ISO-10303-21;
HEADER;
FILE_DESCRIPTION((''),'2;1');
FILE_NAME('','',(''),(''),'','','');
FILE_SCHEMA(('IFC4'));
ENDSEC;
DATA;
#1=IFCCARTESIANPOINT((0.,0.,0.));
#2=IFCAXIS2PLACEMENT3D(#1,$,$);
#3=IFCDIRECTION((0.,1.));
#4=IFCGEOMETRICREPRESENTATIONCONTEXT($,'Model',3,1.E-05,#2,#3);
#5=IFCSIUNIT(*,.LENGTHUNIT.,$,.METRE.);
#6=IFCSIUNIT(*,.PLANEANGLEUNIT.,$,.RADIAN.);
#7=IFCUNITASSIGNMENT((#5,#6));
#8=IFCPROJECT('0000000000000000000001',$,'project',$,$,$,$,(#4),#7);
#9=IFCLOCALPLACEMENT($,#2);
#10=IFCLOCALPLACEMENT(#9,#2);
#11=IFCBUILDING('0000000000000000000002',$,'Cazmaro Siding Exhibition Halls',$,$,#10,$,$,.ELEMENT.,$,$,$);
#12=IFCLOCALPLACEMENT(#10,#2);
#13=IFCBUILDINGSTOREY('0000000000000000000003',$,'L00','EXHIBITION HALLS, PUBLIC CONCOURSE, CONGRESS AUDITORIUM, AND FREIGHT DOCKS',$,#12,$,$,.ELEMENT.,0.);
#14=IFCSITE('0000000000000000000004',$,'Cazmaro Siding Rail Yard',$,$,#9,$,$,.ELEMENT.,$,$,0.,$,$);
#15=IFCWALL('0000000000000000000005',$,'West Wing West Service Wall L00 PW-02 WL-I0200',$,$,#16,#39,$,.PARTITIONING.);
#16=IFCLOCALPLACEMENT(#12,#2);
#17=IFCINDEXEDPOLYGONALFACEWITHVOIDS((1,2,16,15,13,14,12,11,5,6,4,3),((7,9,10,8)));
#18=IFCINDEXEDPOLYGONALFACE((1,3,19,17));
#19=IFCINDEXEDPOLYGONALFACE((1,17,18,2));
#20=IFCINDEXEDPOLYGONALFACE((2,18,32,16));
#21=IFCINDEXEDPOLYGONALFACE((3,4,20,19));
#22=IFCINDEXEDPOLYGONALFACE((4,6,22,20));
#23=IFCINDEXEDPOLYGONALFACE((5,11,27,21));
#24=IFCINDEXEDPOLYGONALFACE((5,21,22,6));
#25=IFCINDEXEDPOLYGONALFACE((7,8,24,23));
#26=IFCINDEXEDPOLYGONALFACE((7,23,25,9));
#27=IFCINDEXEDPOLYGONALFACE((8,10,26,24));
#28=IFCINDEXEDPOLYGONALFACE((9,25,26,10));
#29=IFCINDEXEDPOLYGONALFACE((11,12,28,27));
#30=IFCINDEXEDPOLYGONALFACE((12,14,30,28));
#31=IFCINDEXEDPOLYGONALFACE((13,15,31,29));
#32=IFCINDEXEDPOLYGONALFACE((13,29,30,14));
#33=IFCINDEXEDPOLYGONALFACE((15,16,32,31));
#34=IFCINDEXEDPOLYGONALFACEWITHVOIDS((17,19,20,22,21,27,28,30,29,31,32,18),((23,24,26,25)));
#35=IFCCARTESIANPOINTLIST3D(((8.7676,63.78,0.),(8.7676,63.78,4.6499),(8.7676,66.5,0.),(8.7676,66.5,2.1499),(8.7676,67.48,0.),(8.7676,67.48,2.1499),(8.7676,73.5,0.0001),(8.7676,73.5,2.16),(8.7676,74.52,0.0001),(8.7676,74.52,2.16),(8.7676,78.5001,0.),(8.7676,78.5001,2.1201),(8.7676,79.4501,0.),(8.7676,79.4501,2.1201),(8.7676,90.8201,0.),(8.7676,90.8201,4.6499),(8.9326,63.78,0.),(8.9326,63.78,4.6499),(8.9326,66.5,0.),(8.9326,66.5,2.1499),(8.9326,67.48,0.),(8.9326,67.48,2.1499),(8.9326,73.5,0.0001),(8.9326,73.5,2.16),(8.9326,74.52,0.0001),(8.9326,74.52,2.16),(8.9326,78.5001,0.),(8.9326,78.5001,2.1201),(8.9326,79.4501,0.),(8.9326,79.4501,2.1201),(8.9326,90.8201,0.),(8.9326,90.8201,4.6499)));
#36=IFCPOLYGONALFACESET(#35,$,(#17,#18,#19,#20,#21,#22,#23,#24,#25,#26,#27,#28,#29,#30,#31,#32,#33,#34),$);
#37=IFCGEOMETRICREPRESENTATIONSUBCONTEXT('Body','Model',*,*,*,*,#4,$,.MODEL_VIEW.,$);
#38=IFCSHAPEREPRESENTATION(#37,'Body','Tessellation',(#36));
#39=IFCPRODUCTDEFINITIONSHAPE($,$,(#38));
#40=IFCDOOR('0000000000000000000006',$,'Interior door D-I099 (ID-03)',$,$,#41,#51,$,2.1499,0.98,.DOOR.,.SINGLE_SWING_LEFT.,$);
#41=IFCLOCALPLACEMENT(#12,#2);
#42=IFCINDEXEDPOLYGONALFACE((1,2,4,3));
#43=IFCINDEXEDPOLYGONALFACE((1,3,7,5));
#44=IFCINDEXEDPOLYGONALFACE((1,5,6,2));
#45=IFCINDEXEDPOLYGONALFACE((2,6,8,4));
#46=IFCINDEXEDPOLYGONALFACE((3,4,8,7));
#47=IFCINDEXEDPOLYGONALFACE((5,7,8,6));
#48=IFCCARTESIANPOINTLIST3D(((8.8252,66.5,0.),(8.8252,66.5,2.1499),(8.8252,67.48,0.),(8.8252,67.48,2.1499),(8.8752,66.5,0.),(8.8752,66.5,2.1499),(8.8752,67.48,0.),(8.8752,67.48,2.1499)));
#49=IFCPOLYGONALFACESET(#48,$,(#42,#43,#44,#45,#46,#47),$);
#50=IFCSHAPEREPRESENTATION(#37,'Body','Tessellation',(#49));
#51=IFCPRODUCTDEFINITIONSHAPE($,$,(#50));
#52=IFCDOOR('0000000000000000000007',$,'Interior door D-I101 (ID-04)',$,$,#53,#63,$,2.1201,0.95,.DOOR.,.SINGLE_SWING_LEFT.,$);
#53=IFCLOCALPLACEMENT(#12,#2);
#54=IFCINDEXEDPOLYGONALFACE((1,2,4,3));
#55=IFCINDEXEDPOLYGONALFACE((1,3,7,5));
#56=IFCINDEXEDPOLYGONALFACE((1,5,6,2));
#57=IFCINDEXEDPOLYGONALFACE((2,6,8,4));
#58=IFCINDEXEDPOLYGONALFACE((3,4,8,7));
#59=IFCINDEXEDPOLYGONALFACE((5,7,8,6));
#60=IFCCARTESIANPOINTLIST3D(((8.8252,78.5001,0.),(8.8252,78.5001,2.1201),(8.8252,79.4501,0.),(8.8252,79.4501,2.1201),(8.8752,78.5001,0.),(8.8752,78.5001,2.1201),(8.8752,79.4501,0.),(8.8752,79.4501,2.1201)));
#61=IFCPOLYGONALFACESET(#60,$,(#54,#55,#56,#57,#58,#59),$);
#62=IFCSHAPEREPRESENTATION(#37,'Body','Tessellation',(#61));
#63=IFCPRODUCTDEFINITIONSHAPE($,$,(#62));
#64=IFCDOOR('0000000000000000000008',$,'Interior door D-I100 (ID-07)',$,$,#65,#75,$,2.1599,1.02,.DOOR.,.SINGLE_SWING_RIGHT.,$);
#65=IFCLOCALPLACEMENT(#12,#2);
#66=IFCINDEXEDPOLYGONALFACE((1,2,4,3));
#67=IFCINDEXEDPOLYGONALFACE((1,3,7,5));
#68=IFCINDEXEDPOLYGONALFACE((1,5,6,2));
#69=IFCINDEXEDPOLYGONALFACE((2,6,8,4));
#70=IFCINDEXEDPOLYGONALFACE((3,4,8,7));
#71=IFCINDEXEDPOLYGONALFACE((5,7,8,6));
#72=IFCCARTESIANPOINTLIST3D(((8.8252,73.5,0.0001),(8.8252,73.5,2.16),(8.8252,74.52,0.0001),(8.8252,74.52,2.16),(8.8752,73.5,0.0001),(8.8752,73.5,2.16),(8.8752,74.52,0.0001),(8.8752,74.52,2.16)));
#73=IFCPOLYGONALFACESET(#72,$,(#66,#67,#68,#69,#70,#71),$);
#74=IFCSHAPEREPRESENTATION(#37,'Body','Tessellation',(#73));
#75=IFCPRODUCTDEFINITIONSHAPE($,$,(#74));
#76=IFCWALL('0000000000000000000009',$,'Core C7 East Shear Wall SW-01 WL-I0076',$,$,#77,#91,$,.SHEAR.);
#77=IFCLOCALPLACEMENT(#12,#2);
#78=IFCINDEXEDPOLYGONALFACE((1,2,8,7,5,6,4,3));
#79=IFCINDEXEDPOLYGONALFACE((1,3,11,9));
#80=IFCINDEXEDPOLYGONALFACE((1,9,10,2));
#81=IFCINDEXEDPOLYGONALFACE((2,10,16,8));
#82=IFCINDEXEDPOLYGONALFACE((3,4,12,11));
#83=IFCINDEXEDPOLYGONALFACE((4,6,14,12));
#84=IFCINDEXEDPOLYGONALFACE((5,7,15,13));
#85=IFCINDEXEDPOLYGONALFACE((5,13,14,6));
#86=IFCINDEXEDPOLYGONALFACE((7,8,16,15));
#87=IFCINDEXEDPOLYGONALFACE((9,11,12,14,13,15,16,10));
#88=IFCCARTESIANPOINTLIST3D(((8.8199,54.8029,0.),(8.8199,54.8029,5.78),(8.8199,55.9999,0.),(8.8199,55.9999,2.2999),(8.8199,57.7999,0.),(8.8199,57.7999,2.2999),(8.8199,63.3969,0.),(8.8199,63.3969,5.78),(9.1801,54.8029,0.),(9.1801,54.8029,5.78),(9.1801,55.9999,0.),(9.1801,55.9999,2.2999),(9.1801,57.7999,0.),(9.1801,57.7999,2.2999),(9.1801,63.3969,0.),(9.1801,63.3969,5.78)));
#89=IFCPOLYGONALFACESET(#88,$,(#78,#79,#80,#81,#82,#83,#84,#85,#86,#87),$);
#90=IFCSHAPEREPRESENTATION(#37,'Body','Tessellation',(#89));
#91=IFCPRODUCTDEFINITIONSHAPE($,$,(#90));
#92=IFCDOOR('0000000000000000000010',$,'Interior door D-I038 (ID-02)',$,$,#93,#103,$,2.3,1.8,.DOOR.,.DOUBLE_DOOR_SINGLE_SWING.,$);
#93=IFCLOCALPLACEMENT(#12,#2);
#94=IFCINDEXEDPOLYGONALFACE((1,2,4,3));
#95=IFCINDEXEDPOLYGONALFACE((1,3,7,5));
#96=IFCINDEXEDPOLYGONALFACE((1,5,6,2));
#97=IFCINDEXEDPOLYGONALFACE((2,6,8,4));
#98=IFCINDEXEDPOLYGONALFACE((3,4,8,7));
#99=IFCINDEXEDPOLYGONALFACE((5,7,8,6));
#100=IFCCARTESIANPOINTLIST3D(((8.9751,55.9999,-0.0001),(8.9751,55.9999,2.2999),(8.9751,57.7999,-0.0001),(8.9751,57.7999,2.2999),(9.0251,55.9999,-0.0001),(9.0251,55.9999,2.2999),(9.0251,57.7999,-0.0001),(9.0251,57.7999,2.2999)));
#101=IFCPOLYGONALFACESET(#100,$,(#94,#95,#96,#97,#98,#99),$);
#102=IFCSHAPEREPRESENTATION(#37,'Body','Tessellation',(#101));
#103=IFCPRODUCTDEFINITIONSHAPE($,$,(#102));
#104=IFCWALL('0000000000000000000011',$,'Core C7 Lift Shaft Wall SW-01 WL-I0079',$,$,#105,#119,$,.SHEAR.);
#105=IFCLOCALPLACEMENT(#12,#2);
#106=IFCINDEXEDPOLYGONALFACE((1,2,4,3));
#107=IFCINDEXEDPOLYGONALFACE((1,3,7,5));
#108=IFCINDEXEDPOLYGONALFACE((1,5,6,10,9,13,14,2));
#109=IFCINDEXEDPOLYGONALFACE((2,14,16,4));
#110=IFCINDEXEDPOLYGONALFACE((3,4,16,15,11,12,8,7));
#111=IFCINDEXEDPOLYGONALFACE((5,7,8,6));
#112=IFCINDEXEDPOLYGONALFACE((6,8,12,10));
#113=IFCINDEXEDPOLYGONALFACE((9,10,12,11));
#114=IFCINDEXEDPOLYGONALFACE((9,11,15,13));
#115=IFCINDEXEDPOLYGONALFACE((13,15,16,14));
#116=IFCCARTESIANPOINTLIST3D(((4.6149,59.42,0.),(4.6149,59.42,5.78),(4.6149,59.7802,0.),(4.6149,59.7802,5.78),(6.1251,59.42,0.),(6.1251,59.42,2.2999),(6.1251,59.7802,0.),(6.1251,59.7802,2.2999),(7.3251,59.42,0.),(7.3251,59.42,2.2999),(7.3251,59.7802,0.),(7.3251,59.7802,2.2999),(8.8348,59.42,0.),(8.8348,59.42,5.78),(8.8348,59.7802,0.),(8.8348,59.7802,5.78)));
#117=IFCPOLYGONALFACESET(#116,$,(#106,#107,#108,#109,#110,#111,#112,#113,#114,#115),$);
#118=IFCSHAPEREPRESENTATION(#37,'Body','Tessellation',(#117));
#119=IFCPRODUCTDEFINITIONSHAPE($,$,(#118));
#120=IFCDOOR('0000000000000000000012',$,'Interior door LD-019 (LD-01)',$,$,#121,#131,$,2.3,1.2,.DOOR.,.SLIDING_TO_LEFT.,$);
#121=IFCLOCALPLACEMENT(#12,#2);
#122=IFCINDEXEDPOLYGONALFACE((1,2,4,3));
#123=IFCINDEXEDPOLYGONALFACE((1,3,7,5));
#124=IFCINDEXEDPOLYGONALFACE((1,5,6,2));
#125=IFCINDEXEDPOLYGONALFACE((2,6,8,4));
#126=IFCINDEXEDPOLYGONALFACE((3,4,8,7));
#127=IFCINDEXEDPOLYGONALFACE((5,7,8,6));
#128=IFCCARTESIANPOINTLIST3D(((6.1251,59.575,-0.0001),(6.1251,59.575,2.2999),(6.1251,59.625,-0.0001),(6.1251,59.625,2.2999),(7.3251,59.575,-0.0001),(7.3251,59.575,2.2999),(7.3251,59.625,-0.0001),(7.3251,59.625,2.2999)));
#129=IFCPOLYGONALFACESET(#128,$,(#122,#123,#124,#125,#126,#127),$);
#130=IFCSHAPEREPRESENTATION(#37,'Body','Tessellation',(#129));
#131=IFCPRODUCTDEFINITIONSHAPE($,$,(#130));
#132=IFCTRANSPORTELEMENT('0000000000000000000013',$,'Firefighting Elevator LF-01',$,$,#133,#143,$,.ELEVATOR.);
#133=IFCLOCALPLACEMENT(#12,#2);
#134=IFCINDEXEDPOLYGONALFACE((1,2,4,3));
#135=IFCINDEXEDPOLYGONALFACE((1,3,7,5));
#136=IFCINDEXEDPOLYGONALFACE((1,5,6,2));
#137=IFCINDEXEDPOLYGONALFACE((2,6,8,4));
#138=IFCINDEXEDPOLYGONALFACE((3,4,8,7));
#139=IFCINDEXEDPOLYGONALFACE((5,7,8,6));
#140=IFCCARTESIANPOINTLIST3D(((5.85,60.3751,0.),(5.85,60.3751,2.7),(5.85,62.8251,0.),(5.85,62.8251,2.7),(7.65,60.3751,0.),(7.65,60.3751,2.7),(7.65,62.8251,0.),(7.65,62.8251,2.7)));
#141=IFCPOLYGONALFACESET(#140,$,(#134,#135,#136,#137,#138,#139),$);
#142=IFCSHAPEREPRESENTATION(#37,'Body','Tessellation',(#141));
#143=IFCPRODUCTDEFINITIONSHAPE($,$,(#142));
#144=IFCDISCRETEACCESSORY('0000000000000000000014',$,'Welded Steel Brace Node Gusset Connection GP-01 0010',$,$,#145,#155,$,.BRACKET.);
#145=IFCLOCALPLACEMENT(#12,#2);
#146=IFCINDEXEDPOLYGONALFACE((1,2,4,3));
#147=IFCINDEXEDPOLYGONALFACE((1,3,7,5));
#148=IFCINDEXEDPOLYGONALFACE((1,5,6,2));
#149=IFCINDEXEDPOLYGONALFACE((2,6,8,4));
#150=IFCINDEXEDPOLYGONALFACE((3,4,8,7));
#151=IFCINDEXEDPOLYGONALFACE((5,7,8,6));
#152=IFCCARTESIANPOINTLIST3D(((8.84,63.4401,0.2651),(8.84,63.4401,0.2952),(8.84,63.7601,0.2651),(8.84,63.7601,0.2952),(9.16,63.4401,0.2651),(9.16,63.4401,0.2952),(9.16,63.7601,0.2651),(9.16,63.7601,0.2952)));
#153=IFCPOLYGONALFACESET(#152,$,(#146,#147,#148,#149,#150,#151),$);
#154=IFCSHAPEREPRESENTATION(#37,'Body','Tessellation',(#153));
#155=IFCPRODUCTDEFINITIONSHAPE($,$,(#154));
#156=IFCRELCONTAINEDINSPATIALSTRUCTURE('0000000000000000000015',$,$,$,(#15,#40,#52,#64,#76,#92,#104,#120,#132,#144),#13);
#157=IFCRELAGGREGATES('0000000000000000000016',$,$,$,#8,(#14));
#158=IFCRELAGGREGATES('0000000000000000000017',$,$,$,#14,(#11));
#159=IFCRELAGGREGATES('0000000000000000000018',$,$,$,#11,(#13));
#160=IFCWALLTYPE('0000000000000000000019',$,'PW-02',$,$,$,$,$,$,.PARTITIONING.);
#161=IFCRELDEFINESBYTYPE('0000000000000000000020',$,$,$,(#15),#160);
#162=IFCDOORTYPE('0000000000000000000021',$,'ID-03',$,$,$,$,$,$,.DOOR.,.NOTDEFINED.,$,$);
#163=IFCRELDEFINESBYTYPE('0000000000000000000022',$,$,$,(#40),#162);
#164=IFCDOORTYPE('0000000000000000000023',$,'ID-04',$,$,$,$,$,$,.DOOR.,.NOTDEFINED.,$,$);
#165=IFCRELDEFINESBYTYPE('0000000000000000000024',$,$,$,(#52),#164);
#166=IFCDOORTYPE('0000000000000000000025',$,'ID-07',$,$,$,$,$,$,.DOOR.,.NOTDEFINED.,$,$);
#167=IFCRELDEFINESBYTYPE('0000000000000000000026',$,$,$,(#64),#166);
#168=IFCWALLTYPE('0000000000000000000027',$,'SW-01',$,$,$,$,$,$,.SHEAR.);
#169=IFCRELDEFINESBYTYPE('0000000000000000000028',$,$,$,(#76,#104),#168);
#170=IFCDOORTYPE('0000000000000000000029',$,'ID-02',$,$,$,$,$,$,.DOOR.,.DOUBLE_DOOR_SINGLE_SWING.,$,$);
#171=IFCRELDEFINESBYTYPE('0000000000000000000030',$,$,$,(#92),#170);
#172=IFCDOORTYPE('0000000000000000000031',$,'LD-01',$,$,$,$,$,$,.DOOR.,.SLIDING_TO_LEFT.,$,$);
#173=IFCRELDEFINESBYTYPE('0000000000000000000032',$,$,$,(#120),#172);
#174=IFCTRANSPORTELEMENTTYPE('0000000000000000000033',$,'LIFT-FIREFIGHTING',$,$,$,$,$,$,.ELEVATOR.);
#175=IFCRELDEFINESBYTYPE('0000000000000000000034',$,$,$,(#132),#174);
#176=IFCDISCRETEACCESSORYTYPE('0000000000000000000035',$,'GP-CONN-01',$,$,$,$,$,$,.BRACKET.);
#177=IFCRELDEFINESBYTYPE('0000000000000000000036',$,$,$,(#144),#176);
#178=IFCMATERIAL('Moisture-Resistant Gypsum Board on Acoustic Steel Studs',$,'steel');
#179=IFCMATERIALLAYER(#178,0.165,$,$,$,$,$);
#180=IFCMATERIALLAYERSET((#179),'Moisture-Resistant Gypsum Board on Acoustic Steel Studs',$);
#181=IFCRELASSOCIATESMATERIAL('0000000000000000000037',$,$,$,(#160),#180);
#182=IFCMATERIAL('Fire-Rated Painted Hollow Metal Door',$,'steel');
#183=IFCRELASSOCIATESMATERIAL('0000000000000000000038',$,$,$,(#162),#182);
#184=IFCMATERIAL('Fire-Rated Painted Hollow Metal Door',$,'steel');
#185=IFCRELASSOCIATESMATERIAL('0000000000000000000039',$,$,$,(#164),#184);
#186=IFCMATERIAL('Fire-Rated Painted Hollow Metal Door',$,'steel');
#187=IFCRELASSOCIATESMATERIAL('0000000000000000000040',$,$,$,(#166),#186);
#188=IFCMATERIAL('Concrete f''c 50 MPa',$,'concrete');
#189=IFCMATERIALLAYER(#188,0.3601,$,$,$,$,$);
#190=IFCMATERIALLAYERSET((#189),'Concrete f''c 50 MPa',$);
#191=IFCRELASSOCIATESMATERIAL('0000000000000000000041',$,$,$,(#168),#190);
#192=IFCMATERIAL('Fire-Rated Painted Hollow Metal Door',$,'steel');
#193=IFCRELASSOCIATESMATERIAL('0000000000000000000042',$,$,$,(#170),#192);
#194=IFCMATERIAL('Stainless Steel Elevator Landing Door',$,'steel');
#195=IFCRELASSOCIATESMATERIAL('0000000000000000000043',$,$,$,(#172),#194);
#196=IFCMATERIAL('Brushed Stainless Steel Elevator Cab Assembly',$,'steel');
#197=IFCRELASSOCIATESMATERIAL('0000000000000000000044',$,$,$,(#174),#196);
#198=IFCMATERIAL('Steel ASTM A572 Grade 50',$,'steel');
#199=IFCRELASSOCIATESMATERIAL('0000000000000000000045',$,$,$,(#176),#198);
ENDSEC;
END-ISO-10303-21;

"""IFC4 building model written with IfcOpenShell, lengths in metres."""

from ifc_helpers import new_model, si_unit, direction, frame, frame_2d, origin, origin_2d, place, context, subcontext, project, spatial, rectangle, extrude, material, layer, layer_set, type_object, element, fill, save


model = new_model("IFC4")

# Units and contexts
model_context = context("Model", 3, precision=1e-05, world=origin(), true_north=direction((0.0, 1.0)))
body_context = subcontext(model_context, "Body", "Model", "MODEL_VIEW")
ifc_project = project(units=[si_unit("LENGTHUNIT", "METRE"), si_unit("PLANEANGLEUNIT", "RADIAN")], contexts=[model_context])

# Site, building, storey
site_placement = place(None, origin())
site = spatial("IfcSite", under=ifc_project, at=site_placement, Name="Cazmaro Siding Rail Yard", CompositionType="ELEMENT", RefElevation=0.0)
building_placement = place(site_placement, origin())
building = spatial("IfcBuilding", under=site, at=building_placement, Name="Cazmaro Siding Exhibition Halls", CompositionType="ELEMENT")
storey_placement = place(building_placement, origin())
storey = spatial("IfcBuildingStorey", under=building, at=storey_placement, Name="L00", Description="EXHIBITION HALLS, PUBLIC CONCOURSE, CONGRESS AUDITORIUM, AND FREIGHT DOCKS", CompositionType="ELEMENT", Elevation=0.0)

# Wall, openings, doors
ifc_material_1 = material(Name="Moisture-Resistant Gypsum Board on Acoustic Steel Studs", Category="steel")
ifc_layer_1 = layer(ifc_material_1, 0.165)
ifc_layer_set_1 = layer_set([ifc_layer_1], Name="Moisture-Resistant Gypsum Board on Acoustic Steel Studs")
wall_type_1 = type_object("IfcWallType", Name="PW-02", PredefinedType="PARTITIONING", material=ifc_layer_set_1)
wall_1_placement = place(storey_placement, frame((8.8501, 63.78, 0.0), z_axis=(0.0, 0.0, 1.0), x_axis=(0.0, 1.0, 0.0)))
wall_1 = element("IfcWall", 1, at=wall_1_placement, inside=storey, type_object=wall_type_1, Name="West Wing West Service Wall L00 PW-02 WL-I0200", PredefinedType="PARTITIONING", context=body_context, shape_type="SweptSolid", body=[
    extrude(rectangle(XDim=27.04, YDim=0.165, at=frame_2d((13.52, 0.0))), origin(), (0.0, 0.0, 1.0), 4.6499),
])
opening_1_placement = place(wall_1_placement, frame((2.72, 0.0, 0.0)))
opening_1 = element("IfcOpeningElement", 2, at=opening_1_placement, cuts=wall_1, PredefinedType="OPENING", context=body_context, shape_type="SweptSolid", body=[
    extrude(rectangle(XDim=0.98, YDim=2.1499, at=frame_2d((0.49, 1.075))), frame((0.0, 0.0925, 0.0), z_axis=(0.0, -1.0, 0.0), x_axis=(1.0, 0.0, 0.0)), (0.0, 0.0, 1.0), 0.1851),
])
opening_2_placement = place(wall_1_placement, frame((9.72, 0.0, 0.0)))
opening_2 = element("IfcOpeningElement", 3, at=opening_2_placement, cuts=wall_1, PredefinedType="OPENING", context=body_context, shape_type="SweptSolid", body=[
    extrude(rectangle(XDim=1.02, YDim=2.1599, at=frame_2d((0.51, 1.0801))), frame((0.0, 0.0925, 0.0), z_axis=(0.0, -1.0, 0.0), x_axis=(1.0, 0.0, 0.0)), (0.0, 0.0, 1.0), 0.1851),
])
opening_3_placement = place(wall_1_placement, frame((14.72, 0.0, 0.0)))
opening_3 = element("IfcOpeningElement", 4, at=opening_3_placement, cuts=wall_1, PredefinedType="OPENING", context=body_context, shape_type="SweptSolid", body=[
    extrude(rectangle(XDim=0.95, YDim=2.1201, at=frame_2d((0.4751, 1.0601))), frame((0.0, 0.0925, 0.0), z_axis=(0.0, -1.0, 0.0), x_axis=(1.0, 0.0, 0.0)), (0.0, 0.0, 1.0), 0.1851),
])
ifc_material_2 = material(Name="Fire-Rated Painted Hollow Metal Door", Category="steel")
door_type_1 = type_object("IfcDoorType", Name="ID-03", OperationType="NOTDEFINED", PredefinedType="DOOR", material=ifc_material_2)
door_1_placement = place(opening_1_placement, origin())
door_1 = element("IfcDoor", 5, at=door_1_placement, inside=storey, type_object=door_type_1, Name="Interior door D-I099 (ID-03)", OperationType="SINGLE_SWING_LEFT", OverallHeight=2.1499, OverallWidth=0.98, PredefinedType="DOOR", context=body_context, shape_type="SweptSolid", body=[
    extrude(rectangle(XDim=0.98, YDim=2.1499, at=frame_2d((0.49, 1.075))), frame((0.0, 0.0249, 0.0), z_axis=(0.0, -1.0, 0.0), x_axis=(1.0, 0.0, 0.0)), (0.0, 0.0, 1.0), 0.05),
])
fill(opening_1, door_1)
ifc_material_3 = material(Name="Fire-Rated Painted Hollow Metal Door", Category="steel")
door_type_2 = type_object("IfcDoorType", Name="ID-04", OperationType="NOTDEFINED", PredefinedType="DOOR", material=ifc_material_3)
door_2_placement = place(opening_3_placement, origin())
door_2 = element("IfcDoor", 6, at=door_2_placement, inside=storey, type_object=door_type_2, Name="Interior door D-I101 (ID-04)", OperationType="SINGLE_SWING_LEFT", OverallHeight=2.1201, OverallWidth=0.95, PredefinedType="DOOR", context=body_context, shape_type="SweptSolid", body=[
    extrude(rectangle(XDim=0.95, YDim=2.1201, at=frame_2d((0.4751, 1.0601))), frame((0.0, 0.0249, 0.0), z_axis=(0.0, -1.0, 0.0), x_axis=(1.0, 0.0, 0.0)), (0.0, 0.0, 1.0), 0.05),
])
fill(opening_3, door_2)
ifc_material_4 = material(Name="Fire-Rated Painted Hollow Metal Door", Category="steel")
door_type_3 = type_object("IfcDoorType", Name="ID-07", OperationType="NOTDEFINED", PredefinedType="DOOR", material=ifc_material_4)
door_3_placement = place(opening_2_placement, origin())
door_3 = element("IfcDoor", 7, at=door_3_placement, inside=storey, type_object=door_type_3, Name="Interior door D-I100 (ID-07)", OperationType="SINGLE_SWING_RIGHT", OverallHeight=2.1599, OverallWidth=1.02, PredefinedType="DOOR", context=body_context, shape_type="SweptSolid", body=[
    extrude(rectangle(XDim=1.02, YDim=2.1599, at=frame_2d((0.51, 1.0801))), frame((0.0, 0.0249, 0.0), z_axis=(0.0, -1.0, 0.0), x_axis=(1.0, 0.0, 0.0)), (0.0, 0.0, 1.0), 0.05),
])
fill(opening_2, door_3)

# Walls, openings, doors
ifc_material_5 = material(Name="Concrete f'c 50 MPa", Category="concrete")
ifc_layer_2 = layer(ifc_material_5, 0.3601)
ifc_layer_set_2 = layer_set([ifc_layer_2], Name="Concrete f'c 50 MPa")
wall_type_2 = type_object("IfcWallType", Name="SW-01", PredefinedType="SHEAR", material=ifc_layer_set_2)
wall_2_placement = place(storey_placement, frame((9.0, 54.803, 0.0), z_axis=(0.0, 0.0, 1.0), x_axis=(0.0, 1.0, 0.0)))
wall_2 = element("IfcWall", 8, at=wall_2_placement, inside=storey, type_object=wall_type_2, Name="Core C7 East Shear Wall SW-01 WL-I0076", PredefinedType="SHEAR", context=body_context, shape_type="SweptSolid", body=[
    extrude(rectangle(XDim=8.594, YDim=0.3601, at=frame_2d((4.2969, 0.0))), origin(), (0.0, 0.0, 1.0), 5.78),
])
opening_4_placement = place(wall_2_placement, frame((1.197, 0.0, 0.0)))
opening_4 = element("IfcOpeningElement", 9, at=opening_4_placement, cuts=wall_2, PredefinedType="OPENING", context=body_context, shape_type="SweptSolid", body=[
    extrude(rectangle(XDim=1.8, YDim=2.3, at=frame_2d((0.8999, 1.1499))), frame((0.0, 0.1899, 0.0), z_axis=(0.0, -1.0, 0.0), x_axis=(1.0, 0.0, 0.0)), (0.0, 0.0, 1.0), 0.3801),
])
ifc_material_6 = material(Name="Fire-Rated Painted Hollow Metal Door", Category="steel")
door_type_4 = type_object("IfcDoorType", Name="ID-02", OperationType="DOUBLE_DOOR_SINGLE_SWING", PredefinedType="DOOR", material=ifc_material_6)
door_4_placement = place(opening_4_placement, origin())
door_4 = element("IfcDoor", 10, at=door_4_placement, inside=storey, type_object=door_type_4, Name="Interior door D-I038 (ID-02)", OperationType="DOUBLE_DOOR_SINGLE_SWING", OverallHeight=2.3, OverallWidth=1.8, PredefinedType="DOOR", context=body_context, shape_type="SweptSolid", body=[
    extrude(rectangle(XDim=1.8, YDim=2.3, at=frame_2d((0.8999, 1.1499))), frame((0.0, 0.0249, 0.0), z_axis=(0.0, -1.0, 0.0), x_axis=(1.0, 0.0, 0.0)), (0.0, 0.0, 1.0), 0.05),
])
fill(opening_4, door_4)
wall_3_placement = place(storey_placement, frame((4.615, 59.6001, 0.0), z_axis=(0.0, 0.0, 1.0), x_axis=(1.0, 0.0, 0.0)))
wall_3 = element("IfcWall", 11, at=wall_3_placement, inside=storey, type_object=wall_type_2, Name="Core C7 Lift Shaft Wall SW-01 WL-I0079", PredefinedType="SHEAR", context=body_context, shape_type="SweptSolid", body=[
    extrude(rectangle(XDim=4.22, YDim=0.3601, at=frame_2d((2.1099, 0.0))), origin(), (0.0, 0.0, 1.0), 5.78),
])
opening_5_placement = place(wall_3_placement, frame((1.51, 0.0, 0.0)))
opening_5 = element("IfcOpeningElement", 12, at=opening_5_placement, cuts=wall_3, PredefinedType="OPENING", context=body_context, shape_type="SweptSolid", body=[
    extrude(rectangle(XDim=1.2, YDim=2.3, at=frame_2d((0.6001, 1.1499))), frame((0.0, 0.1899, 0.0), z_axis=(0.0, -1.0, 0.0), x_axis=(1.0, 0.0, 0.0)), (0.0, 0.0, 1.0), 0.3801),
])
ifc_material_7 = material(Name="Stainless Steel Elevator Landing Door", Category="steel")
door_type_5 = type_object("IfcDoorType", Name="LD-01", OperationType="SLIDING_TO_LEFT", PredefinedType="DOOR", material=ifc_material_7)
door_5_placement = place(opening_5_placement, origin())
door_5 = element("IfcDoor", 13, at=door_5_placement, inside=storey, type_object=door_type_5, Name="Interior door LD-019 (LD-01)", OperationType="SLIDING_TO_LEFT", OverallHeight=2.3, OverallWidth=1.2, PredefinedType="DOOR", context=body_context, shape_type="SweptSolid", body=[
    extrude(rectangle(XDim=1.2, YDim=2.3, at=frame_2d((0.6001, 1.1499))), frame((0.0, 0.0249, 0.0), z_axis=(0.0, -1.0, 0.0), x_axis=(1.0, 0.0, 0.0)), (0.0, 0.0, 1.0), 0.05),
])
fill(opening_5, door_5)

# Transport element
ifc_material_8 = material(Name="Brushed Stainless Steel Elevator Cab Assembly", Category="steel")
transport_element_type = type_object("IfcTransportElementType", Name="LIFT-FIREFIGHTING", PredefinedType="ELEVATOR", material=ifc_material_8)
transport_element_placement = place(storey_placement, frame((6.75, 61.6001, 0.0), z_axis=(0.0, 0.0, 1.0), x_axis=(1.0, 0.0, 0.0)))
element("IfcTransportElement", 14, at=transport_element_placement, inside=storey, type_object=transport_element_type, Name="Firefighting Elevator LF-01", PredefinedType="ELEVATOR", context=body_context, shape_type="SweptSolid", body=[
    extrude(rectangle(XDim=1.8, YDim=2.45, at=origin_2d()), origin(), (0.0, 0.0, 1.0), 2.7),
])

# Discrete accessory
ifc_material_9 = material(Name="Steel ASTM A572 Grade 50", Category="steel")
discrete_accessory_type = type_object("IfcDiscreteAccessoryType", Name="GP-CONN-01", PredefinedType="BRACKET", material=ifc_material_9)
discrete_accessory_placement = place(storey_placement, frame((9.0, 63.6001, 0.2651), z_axis=(0.0, 0.0, 1.0), x_axis=(1.0, 0.0, 0.0)))
element("IfcDiscreteAccessory", 15, at=discrete_accessory_placement, inside=storey, type_object=discrete_accessory_type, Name="Welded Steel Brace Node Gusset Connection GP-01 0010", PredefinedType="BRACKET", context=body_context, shape_type="SweptSolid", body=[
    extrude(rectangle(XDim=0.3201, YDim=0.3201, at=origin_2d()), origin(), (0.0, 0.0, 1.0), 0.03),
])

save(model, "model.ifc")
